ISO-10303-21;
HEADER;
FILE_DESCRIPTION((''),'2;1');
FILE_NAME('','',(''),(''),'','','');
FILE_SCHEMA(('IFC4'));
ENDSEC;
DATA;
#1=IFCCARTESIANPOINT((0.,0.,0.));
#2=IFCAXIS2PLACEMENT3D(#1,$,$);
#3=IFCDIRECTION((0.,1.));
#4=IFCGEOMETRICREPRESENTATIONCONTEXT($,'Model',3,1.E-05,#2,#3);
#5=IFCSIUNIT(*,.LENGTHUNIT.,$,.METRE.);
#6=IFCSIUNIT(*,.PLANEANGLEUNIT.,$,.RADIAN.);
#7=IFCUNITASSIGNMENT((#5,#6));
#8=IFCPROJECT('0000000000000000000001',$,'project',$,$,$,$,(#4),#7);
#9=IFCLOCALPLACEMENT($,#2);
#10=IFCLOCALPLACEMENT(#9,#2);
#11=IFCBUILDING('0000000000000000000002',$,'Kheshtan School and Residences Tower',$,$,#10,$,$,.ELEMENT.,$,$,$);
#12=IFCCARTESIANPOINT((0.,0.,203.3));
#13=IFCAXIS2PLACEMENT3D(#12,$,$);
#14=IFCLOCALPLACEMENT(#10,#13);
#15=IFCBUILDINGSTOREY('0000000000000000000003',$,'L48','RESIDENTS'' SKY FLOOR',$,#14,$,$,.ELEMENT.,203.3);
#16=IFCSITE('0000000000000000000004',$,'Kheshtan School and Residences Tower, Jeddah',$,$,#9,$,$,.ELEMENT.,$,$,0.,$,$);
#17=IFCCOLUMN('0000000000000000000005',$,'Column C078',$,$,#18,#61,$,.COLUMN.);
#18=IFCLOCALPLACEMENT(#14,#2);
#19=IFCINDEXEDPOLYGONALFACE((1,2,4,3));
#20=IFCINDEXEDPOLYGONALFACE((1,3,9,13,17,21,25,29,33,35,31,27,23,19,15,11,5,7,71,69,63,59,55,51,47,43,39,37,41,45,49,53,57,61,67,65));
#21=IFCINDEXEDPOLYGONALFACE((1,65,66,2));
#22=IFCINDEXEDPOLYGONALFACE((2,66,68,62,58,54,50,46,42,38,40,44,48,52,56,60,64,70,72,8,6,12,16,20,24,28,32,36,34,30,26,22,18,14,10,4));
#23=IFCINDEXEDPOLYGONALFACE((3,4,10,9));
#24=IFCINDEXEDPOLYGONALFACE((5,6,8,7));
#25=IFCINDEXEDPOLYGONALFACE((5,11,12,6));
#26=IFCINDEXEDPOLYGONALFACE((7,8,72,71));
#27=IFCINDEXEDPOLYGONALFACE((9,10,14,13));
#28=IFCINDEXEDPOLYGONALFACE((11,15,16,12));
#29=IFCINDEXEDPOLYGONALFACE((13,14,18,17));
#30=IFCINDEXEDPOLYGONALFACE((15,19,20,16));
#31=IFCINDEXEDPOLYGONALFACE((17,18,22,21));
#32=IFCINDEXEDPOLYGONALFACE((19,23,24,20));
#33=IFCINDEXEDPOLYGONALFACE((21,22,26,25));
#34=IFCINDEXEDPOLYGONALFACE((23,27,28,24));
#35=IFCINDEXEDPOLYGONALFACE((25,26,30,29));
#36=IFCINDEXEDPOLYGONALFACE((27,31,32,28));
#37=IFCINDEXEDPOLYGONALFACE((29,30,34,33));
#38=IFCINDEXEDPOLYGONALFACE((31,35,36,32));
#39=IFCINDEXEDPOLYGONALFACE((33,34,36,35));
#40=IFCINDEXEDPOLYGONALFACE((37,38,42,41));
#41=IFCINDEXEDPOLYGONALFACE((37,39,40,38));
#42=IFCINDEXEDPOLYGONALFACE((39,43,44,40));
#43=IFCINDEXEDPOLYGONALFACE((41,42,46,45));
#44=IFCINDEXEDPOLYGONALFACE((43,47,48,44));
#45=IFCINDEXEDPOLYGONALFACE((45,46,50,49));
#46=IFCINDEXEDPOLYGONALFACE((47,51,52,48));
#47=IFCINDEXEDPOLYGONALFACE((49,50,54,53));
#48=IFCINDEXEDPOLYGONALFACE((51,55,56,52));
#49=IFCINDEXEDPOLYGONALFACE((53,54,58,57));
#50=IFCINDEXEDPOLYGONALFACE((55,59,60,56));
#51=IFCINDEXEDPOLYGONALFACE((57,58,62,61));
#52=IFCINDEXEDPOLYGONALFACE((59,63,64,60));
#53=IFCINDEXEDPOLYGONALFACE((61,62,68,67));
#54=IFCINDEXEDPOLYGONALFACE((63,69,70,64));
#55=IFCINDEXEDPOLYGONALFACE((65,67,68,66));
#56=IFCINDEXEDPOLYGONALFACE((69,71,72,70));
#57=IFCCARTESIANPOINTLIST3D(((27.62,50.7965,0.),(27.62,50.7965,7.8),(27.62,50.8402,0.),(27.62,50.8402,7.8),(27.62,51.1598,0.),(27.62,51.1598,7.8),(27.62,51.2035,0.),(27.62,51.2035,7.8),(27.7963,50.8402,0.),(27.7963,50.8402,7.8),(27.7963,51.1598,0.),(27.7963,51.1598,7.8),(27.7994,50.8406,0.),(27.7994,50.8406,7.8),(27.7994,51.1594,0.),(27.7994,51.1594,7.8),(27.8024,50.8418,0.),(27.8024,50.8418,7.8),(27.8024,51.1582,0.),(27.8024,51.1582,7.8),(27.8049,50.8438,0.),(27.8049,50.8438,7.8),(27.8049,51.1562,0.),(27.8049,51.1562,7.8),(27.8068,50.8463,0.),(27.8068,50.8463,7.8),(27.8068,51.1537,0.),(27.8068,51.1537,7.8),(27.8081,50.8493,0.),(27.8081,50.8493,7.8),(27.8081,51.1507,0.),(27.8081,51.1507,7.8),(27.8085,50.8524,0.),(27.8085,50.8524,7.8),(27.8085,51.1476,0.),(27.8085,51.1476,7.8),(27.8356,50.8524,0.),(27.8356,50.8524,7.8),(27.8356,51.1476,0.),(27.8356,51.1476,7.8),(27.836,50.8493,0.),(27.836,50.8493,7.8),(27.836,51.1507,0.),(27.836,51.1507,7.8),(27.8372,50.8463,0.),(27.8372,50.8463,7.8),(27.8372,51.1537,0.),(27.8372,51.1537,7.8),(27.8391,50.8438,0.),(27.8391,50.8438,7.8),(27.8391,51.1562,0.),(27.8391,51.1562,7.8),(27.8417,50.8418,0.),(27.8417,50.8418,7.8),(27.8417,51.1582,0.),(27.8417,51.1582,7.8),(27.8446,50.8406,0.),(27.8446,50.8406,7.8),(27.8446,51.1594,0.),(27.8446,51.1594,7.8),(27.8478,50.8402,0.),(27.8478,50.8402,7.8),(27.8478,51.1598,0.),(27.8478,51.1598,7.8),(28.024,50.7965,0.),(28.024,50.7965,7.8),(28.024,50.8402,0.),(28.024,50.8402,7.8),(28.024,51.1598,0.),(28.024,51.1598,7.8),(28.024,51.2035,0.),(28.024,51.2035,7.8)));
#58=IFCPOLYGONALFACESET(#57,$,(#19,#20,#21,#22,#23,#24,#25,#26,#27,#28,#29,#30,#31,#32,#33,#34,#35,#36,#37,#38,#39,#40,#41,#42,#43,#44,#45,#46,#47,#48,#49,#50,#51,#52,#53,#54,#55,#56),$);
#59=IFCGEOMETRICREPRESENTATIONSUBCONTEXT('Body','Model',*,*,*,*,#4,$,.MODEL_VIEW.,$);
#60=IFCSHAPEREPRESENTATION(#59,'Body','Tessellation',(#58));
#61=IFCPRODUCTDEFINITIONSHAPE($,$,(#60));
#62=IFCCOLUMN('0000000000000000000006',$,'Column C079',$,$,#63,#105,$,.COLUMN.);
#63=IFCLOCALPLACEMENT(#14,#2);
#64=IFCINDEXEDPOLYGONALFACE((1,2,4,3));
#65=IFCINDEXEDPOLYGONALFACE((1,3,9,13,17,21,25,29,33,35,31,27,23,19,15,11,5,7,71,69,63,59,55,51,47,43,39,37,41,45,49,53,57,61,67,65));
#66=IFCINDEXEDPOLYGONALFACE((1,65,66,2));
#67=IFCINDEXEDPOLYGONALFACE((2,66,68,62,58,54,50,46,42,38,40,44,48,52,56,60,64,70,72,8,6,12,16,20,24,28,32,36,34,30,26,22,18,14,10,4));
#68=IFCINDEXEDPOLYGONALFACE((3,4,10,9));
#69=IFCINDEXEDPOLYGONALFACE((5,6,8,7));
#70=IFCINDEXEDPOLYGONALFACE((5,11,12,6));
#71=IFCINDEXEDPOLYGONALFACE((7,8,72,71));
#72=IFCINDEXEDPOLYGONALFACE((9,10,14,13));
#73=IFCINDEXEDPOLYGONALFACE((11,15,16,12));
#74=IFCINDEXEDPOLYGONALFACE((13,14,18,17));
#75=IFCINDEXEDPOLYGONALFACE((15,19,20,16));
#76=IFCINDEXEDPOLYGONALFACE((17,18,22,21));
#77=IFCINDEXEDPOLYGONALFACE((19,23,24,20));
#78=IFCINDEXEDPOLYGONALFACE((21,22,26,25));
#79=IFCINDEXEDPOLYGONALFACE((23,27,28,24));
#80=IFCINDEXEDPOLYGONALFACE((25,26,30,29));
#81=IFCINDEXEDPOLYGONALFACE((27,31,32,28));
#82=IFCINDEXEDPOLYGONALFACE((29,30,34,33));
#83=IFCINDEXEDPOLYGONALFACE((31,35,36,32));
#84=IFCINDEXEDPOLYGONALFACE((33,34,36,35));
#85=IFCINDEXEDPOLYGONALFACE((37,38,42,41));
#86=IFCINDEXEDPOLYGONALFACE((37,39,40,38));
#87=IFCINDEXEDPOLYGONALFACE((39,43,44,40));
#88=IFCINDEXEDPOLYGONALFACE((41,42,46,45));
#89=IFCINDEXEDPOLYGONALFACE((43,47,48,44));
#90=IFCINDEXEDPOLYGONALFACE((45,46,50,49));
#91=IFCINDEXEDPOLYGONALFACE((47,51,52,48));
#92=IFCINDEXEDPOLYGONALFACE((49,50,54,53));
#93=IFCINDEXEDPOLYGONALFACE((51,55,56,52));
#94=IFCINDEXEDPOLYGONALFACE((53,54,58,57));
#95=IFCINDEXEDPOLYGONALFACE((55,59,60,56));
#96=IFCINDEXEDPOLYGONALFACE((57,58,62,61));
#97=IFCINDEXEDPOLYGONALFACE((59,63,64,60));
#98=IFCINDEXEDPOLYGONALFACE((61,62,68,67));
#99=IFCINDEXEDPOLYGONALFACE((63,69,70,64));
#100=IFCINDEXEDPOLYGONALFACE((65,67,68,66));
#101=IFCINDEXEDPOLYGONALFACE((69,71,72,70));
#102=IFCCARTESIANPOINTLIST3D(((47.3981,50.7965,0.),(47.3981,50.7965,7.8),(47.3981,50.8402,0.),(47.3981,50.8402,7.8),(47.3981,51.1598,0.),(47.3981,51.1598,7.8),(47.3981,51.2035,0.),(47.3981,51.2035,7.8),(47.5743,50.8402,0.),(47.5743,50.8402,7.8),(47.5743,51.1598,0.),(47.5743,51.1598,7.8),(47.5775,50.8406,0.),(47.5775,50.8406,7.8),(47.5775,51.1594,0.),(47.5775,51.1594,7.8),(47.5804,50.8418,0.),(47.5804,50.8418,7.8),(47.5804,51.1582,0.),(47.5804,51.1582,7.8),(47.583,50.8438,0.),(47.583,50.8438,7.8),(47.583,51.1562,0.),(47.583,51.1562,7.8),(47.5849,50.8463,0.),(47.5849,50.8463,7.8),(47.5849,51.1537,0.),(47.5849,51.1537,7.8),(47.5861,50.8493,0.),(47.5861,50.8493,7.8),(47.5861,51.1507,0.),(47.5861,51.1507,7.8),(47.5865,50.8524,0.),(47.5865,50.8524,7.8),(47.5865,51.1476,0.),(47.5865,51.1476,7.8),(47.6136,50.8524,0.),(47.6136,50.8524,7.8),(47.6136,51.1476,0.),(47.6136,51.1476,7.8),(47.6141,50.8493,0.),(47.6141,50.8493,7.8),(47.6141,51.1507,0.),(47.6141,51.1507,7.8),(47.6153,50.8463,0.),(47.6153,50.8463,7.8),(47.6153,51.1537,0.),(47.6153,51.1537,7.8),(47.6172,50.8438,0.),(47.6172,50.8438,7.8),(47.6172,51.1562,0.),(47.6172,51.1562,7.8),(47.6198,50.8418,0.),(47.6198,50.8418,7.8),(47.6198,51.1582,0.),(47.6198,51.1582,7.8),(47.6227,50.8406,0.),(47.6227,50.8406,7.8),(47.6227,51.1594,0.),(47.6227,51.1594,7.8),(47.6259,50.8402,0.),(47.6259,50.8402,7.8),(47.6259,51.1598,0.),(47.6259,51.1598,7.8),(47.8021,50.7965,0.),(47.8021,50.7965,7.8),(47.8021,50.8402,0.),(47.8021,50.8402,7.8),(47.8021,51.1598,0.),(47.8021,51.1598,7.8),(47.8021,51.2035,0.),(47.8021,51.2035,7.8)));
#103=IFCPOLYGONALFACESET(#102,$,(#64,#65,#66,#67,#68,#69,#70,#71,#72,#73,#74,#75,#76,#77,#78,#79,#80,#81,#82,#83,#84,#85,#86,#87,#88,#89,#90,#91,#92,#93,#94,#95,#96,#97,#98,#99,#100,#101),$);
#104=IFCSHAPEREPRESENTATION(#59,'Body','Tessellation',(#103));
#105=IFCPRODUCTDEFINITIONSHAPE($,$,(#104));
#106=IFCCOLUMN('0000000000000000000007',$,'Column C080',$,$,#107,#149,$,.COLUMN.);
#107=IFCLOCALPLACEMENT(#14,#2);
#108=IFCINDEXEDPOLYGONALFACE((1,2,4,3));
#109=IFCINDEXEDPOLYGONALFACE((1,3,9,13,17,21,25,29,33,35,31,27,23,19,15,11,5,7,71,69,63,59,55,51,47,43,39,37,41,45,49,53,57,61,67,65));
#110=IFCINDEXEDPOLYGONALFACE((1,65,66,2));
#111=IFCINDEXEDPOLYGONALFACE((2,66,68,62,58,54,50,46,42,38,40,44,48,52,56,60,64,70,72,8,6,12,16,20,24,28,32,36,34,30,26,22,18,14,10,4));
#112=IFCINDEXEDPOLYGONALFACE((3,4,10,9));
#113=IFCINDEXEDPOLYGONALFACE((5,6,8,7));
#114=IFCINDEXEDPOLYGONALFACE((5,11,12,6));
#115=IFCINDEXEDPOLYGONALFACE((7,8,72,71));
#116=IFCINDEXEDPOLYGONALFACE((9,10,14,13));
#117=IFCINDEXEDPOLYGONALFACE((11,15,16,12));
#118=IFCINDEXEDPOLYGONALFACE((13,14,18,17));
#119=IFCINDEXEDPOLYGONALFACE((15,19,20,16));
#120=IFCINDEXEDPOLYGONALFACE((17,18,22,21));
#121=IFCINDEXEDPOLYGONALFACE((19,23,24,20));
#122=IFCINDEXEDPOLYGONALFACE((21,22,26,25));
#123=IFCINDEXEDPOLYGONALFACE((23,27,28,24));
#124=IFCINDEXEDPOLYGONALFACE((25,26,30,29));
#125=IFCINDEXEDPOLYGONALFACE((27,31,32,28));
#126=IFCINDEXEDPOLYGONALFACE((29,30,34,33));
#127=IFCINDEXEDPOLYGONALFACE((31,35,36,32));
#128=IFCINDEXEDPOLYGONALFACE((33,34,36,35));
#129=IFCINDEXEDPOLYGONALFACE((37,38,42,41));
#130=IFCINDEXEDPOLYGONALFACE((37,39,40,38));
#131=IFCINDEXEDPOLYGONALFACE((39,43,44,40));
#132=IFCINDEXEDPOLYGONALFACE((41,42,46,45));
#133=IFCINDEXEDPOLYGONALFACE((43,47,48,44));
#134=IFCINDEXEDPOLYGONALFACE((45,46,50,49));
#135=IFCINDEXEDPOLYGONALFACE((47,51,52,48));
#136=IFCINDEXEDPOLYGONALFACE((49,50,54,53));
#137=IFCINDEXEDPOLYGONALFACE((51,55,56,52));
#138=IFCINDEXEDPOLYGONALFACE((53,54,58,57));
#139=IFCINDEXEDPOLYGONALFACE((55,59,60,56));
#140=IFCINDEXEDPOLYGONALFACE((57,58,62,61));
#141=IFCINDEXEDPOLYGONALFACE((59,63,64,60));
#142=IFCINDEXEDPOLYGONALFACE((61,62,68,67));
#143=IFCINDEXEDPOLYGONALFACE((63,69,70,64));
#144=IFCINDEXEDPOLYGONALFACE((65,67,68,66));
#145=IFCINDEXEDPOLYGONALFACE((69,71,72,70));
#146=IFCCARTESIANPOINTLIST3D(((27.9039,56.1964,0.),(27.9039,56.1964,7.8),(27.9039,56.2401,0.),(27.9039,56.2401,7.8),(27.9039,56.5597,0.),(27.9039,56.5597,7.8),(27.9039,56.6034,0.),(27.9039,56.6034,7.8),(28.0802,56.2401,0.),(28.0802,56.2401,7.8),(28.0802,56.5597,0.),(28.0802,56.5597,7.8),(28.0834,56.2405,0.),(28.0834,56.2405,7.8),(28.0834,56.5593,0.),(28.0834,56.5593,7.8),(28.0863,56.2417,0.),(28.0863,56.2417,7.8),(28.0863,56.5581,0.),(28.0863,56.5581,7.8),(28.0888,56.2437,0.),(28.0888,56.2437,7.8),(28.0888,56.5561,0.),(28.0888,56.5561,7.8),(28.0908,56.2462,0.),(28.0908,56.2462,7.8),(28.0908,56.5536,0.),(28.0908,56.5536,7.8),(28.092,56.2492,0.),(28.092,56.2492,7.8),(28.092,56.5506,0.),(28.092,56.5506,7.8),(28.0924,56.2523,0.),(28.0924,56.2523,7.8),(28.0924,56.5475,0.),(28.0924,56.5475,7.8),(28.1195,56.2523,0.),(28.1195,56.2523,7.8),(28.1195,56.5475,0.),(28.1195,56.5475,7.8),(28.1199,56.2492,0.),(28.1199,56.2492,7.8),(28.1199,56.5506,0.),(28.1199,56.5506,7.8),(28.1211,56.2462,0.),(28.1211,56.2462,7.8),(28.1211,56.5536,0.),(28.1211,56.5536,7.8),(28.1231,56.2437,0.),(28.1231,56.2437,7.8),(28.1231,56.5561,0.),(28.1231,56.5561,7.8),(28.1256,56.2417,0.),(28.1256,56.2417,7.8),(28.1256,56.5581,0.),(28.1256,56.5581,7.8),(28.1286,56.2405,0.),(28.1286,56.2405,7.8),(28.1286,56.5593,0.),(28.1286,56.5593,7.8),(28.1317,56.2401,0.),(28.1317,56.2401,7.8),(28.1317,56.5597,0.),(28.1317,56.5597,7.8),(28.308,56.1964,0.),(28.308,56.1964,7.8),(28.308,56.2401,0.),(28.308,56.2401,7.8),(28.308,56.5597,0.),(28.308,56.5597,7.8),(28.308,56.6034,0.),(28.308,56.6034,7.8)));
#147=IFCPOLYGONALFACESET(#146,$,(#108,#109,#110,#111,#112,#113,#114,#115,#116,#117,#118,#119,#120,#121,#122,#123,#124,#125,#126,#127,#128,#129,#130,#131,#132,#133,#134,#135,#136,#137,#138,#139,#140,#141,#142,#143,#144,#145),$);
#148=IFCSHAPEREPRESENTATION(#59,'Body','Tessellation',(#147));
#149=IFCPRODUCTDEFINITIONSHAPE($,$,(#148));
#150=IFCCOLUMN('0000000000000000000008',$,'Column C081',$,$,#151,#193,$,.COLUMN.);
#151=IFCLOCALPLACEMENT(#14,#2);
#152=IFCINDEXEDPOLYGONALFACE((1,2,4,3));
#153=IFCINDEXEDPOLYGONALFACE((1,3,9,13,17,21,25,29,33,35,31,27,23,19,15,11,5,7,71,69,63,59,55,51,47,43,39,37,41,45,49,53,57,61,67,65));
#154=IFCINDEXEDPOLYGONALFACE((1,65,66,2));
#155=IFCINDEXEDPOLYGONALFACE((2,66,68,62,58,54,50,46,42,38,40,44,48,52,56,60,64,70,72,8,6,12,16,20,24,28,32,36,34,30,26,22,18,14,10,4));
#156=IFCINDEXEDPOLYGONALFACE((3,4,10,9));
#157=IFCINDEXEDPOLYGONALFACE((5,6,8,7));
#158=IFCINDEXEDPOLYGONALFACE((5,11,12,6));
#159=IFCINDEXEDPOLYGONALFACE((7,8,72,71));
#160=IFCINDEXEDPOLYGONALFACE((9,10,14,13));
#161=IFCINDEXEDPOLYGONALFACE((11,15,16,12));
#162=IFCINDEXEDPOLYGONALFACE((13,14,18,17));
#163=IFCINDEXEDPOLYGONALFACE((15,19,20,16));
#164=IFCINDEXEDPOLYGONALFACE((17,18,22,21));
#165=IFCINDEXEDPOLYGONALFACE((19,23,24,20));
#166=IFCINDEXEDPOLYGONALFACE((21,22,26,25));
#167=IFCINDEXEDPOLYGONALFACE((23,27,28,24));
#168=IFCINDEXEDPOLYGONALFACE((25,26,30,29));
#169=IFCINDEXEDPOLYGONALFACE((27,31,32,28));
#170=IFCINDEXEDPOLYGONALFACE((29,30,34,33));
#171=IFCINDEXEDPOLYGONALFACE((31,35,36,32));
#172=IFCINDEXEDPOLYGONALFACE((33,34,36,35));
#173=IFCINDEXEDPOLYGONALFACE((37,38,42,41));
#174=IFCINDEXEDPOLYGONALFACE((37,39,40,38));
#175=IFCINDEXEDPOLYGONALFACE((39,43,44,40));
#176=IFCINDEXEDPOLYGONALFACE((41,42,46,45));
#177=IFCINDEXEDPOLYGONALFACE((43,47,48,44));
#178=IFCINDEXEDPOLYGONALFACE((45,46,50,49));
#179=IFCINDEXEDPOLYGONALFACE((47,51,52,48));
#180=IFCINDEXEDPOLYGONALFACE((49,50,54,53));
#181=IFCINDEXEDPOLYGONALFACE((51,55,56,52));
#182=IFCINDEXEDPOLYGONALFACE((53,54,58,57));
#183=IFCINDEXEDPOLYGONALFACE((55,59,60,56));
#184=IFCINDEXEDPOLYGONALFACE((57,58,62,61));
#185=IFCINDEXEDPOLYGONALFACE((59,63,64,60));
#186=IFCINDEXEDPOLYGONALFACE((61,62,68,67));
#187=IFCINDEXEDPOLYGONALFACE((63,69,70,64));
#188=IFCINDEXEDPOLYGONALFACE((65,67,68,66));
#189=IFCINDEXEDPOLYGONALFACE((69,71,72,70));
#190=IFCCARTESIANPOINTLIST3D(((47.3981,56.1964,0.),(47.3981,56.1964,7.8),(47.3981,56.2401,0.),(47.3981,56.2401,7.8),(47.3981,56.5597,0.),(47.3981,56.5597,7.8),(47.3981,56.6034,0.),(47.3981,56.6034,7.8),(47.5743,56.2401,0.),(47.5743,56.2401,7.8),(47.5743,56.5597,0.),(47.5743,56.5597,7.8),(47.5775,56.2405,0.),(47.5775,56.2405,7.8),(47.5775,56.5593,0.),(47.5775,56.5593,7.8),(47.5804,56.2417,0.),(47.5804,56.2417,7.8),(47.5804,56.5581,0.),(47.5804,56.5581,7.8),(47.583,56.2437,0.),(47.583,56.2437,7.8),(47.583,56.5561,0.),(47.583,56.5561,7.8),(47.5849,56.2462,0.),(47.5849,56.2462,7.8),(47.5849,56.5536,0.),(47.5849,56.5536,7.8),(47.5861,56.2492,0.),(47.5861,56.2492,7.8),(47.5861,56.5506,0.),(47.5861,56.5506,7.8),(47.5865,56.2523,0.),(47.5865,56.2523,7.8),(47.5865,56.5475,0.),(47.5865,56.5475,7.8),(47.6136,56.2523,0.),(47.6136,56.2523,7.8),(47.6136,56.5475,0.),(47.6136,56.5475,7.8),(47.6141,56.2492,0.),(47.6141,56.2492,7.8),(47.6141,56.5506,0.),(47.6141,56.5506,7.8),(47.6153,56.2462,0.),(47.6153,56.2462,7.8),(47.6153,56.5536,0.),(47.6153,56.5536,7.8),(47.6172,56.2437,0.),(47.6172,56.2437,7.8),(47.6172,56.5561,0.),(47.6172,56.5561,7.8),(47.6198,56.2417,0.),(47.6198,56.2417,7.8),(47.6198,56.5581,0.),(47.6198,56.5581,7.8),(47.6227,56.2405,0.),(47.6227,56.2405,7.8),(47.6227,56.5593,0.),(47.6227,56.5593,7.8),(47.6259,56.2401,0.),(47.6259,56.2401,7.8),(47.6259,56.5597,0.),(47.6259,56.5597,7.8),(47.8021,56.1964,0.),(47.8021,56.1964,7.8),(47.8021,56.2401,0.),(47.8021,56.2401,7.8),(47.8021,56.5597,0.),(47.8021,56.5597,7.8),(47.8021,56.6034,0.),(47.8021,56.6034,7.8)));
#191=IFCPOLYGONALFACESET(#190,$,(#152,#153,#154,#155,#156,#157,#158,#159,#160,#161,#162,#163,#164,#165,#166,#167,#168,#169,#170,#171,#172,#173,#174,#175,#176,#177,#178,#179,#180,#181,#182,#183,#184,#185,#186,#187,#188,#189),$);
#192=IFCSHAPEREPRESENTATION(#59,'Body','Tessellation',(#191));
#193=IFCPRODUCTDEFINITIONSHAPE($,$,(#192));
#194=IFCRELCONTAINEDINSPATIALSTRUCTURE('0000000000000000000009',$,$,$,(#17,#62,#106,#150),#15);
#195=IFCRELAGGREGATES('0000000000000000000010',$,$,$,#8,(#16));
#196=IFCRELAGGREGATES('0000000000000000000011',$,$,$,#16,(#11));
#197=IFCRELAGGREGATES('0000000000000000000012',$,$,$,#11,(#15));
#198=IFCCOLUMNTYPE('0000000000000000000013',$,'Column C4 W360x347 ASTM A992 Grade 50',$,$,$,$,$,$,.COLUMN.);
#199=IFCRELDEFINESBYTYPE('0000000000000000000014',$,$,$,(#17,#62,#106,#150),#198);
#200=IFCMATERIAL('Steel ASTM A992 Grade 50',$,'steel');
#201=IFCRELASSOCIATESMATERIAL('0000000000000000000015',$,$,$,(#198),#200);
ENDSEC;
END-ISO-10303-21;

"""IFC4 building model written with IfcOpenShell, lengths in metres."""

from ifc_helpers import new_model, si_unit, direction, frame, origin, origin_2d, place, context, subcontext, project, spatial, i_section, extrude, material, material_profile, profile_set, type_object, element, save


model = new_model("IFC4")

# Units and contexts
model_context = context("Model", 3, precision=1e-05, world=origin(), true_north=direction((0.0, 1.0)))
body_context = subcontext(model_context, "Body", "Model", "MODEL_VIEW")
ifc_project = project(units=[si_unit("LENGTHUNIT", "METRE"), si_unit("PLANEANGLEUNIT", "RADIAN")], contexts=[model_context])

# Site, building, storey
site_placement = place(None, origin())
site = spatial("IfcSite", under=ifc_project, at=site_placement, Name="Kheshtan School and Residences Tower, Jeddah", CompositionType="ELEMENT", RefElevation=0.0)
building_placement = place(site_placement, origin())
building = spatial("IfcBuilding", under=site, at=building_placement, Name="Kheshtan School and Residences Tower", CompositionType="ELEMENT")
storey_placement = place(building_placement, frame((0.0, 0.0, 203.3)))
storey = spatial("IfcBuildingStorey", under=building, at=storey_placement, Name="L48", Description="RESIDENTS' SKY FLOOR", CompositionType="ELEMENT", Elevation=203.3)

# Columns
ifc_material_1 = material(Name="Steel ASTM A992 Grade 50", Category="steel")
ifc_material_profile_1 = material_profile(ifc_material_1, i_section(OverallWidth=0.4041, OverallDepth=0.407, WebThickness=0.0271, FlangeThickness=0.0437, FilletRadius=0.0122, at=origin_2d()), Name="W360x347")
ifc_profile_set_1 = profile_set([ifc_material_profile_1], Name="Steel ASTM A992 Grade 50")
column_type = type_object("IfcColumnType", Name="Column C4 W360x347 ASTM A992 Grade 50", PredefinedType="COLUMN", material=ifc_profile_set_1)
for number, where, z_axis, x_axis, name in (
    (1, (27.822, 51.0, 0.0), (0.0, 0.0, 1.0), (1.0, 0.0, 0.0), "Column C078"),
    (2, (47.6001, 51.0, 0.0), (0.0, 0.0, 1.0), (1.0, 0.0, 0.0), "Column C079"),
    (3, (28.106, 56.3999, 0.0), (0.0, 0.0, 1.0), (1.0, 0.0, 0.0), "Column C080"),
    (4, (47.6001, 56.3999, 0.0), (0.0, 0.0, 1.0), (1.0, 0.0, 0.0), "Column C081"),
):
    element("IfcColumn", number, at=place(storey_placement, frame(where, z_axis=z_axis, x_axis=x_axis)), inside=storey, type_object=column_type, Name=name, PredefinedType="COLUMN", context=body_context, shape_type="SweptSolid", body=[
        extrude(i_section(OverallWidth=0.4041, OverallDepth=0.407, WebThickness=0.0271, FlangeThickness=0.0437, FilletRadius=0.0122, at=origin_2d()), origin(), (0.0, 0.0, 1.0), 7.8),
    ])

save(model, "model.ifc")
